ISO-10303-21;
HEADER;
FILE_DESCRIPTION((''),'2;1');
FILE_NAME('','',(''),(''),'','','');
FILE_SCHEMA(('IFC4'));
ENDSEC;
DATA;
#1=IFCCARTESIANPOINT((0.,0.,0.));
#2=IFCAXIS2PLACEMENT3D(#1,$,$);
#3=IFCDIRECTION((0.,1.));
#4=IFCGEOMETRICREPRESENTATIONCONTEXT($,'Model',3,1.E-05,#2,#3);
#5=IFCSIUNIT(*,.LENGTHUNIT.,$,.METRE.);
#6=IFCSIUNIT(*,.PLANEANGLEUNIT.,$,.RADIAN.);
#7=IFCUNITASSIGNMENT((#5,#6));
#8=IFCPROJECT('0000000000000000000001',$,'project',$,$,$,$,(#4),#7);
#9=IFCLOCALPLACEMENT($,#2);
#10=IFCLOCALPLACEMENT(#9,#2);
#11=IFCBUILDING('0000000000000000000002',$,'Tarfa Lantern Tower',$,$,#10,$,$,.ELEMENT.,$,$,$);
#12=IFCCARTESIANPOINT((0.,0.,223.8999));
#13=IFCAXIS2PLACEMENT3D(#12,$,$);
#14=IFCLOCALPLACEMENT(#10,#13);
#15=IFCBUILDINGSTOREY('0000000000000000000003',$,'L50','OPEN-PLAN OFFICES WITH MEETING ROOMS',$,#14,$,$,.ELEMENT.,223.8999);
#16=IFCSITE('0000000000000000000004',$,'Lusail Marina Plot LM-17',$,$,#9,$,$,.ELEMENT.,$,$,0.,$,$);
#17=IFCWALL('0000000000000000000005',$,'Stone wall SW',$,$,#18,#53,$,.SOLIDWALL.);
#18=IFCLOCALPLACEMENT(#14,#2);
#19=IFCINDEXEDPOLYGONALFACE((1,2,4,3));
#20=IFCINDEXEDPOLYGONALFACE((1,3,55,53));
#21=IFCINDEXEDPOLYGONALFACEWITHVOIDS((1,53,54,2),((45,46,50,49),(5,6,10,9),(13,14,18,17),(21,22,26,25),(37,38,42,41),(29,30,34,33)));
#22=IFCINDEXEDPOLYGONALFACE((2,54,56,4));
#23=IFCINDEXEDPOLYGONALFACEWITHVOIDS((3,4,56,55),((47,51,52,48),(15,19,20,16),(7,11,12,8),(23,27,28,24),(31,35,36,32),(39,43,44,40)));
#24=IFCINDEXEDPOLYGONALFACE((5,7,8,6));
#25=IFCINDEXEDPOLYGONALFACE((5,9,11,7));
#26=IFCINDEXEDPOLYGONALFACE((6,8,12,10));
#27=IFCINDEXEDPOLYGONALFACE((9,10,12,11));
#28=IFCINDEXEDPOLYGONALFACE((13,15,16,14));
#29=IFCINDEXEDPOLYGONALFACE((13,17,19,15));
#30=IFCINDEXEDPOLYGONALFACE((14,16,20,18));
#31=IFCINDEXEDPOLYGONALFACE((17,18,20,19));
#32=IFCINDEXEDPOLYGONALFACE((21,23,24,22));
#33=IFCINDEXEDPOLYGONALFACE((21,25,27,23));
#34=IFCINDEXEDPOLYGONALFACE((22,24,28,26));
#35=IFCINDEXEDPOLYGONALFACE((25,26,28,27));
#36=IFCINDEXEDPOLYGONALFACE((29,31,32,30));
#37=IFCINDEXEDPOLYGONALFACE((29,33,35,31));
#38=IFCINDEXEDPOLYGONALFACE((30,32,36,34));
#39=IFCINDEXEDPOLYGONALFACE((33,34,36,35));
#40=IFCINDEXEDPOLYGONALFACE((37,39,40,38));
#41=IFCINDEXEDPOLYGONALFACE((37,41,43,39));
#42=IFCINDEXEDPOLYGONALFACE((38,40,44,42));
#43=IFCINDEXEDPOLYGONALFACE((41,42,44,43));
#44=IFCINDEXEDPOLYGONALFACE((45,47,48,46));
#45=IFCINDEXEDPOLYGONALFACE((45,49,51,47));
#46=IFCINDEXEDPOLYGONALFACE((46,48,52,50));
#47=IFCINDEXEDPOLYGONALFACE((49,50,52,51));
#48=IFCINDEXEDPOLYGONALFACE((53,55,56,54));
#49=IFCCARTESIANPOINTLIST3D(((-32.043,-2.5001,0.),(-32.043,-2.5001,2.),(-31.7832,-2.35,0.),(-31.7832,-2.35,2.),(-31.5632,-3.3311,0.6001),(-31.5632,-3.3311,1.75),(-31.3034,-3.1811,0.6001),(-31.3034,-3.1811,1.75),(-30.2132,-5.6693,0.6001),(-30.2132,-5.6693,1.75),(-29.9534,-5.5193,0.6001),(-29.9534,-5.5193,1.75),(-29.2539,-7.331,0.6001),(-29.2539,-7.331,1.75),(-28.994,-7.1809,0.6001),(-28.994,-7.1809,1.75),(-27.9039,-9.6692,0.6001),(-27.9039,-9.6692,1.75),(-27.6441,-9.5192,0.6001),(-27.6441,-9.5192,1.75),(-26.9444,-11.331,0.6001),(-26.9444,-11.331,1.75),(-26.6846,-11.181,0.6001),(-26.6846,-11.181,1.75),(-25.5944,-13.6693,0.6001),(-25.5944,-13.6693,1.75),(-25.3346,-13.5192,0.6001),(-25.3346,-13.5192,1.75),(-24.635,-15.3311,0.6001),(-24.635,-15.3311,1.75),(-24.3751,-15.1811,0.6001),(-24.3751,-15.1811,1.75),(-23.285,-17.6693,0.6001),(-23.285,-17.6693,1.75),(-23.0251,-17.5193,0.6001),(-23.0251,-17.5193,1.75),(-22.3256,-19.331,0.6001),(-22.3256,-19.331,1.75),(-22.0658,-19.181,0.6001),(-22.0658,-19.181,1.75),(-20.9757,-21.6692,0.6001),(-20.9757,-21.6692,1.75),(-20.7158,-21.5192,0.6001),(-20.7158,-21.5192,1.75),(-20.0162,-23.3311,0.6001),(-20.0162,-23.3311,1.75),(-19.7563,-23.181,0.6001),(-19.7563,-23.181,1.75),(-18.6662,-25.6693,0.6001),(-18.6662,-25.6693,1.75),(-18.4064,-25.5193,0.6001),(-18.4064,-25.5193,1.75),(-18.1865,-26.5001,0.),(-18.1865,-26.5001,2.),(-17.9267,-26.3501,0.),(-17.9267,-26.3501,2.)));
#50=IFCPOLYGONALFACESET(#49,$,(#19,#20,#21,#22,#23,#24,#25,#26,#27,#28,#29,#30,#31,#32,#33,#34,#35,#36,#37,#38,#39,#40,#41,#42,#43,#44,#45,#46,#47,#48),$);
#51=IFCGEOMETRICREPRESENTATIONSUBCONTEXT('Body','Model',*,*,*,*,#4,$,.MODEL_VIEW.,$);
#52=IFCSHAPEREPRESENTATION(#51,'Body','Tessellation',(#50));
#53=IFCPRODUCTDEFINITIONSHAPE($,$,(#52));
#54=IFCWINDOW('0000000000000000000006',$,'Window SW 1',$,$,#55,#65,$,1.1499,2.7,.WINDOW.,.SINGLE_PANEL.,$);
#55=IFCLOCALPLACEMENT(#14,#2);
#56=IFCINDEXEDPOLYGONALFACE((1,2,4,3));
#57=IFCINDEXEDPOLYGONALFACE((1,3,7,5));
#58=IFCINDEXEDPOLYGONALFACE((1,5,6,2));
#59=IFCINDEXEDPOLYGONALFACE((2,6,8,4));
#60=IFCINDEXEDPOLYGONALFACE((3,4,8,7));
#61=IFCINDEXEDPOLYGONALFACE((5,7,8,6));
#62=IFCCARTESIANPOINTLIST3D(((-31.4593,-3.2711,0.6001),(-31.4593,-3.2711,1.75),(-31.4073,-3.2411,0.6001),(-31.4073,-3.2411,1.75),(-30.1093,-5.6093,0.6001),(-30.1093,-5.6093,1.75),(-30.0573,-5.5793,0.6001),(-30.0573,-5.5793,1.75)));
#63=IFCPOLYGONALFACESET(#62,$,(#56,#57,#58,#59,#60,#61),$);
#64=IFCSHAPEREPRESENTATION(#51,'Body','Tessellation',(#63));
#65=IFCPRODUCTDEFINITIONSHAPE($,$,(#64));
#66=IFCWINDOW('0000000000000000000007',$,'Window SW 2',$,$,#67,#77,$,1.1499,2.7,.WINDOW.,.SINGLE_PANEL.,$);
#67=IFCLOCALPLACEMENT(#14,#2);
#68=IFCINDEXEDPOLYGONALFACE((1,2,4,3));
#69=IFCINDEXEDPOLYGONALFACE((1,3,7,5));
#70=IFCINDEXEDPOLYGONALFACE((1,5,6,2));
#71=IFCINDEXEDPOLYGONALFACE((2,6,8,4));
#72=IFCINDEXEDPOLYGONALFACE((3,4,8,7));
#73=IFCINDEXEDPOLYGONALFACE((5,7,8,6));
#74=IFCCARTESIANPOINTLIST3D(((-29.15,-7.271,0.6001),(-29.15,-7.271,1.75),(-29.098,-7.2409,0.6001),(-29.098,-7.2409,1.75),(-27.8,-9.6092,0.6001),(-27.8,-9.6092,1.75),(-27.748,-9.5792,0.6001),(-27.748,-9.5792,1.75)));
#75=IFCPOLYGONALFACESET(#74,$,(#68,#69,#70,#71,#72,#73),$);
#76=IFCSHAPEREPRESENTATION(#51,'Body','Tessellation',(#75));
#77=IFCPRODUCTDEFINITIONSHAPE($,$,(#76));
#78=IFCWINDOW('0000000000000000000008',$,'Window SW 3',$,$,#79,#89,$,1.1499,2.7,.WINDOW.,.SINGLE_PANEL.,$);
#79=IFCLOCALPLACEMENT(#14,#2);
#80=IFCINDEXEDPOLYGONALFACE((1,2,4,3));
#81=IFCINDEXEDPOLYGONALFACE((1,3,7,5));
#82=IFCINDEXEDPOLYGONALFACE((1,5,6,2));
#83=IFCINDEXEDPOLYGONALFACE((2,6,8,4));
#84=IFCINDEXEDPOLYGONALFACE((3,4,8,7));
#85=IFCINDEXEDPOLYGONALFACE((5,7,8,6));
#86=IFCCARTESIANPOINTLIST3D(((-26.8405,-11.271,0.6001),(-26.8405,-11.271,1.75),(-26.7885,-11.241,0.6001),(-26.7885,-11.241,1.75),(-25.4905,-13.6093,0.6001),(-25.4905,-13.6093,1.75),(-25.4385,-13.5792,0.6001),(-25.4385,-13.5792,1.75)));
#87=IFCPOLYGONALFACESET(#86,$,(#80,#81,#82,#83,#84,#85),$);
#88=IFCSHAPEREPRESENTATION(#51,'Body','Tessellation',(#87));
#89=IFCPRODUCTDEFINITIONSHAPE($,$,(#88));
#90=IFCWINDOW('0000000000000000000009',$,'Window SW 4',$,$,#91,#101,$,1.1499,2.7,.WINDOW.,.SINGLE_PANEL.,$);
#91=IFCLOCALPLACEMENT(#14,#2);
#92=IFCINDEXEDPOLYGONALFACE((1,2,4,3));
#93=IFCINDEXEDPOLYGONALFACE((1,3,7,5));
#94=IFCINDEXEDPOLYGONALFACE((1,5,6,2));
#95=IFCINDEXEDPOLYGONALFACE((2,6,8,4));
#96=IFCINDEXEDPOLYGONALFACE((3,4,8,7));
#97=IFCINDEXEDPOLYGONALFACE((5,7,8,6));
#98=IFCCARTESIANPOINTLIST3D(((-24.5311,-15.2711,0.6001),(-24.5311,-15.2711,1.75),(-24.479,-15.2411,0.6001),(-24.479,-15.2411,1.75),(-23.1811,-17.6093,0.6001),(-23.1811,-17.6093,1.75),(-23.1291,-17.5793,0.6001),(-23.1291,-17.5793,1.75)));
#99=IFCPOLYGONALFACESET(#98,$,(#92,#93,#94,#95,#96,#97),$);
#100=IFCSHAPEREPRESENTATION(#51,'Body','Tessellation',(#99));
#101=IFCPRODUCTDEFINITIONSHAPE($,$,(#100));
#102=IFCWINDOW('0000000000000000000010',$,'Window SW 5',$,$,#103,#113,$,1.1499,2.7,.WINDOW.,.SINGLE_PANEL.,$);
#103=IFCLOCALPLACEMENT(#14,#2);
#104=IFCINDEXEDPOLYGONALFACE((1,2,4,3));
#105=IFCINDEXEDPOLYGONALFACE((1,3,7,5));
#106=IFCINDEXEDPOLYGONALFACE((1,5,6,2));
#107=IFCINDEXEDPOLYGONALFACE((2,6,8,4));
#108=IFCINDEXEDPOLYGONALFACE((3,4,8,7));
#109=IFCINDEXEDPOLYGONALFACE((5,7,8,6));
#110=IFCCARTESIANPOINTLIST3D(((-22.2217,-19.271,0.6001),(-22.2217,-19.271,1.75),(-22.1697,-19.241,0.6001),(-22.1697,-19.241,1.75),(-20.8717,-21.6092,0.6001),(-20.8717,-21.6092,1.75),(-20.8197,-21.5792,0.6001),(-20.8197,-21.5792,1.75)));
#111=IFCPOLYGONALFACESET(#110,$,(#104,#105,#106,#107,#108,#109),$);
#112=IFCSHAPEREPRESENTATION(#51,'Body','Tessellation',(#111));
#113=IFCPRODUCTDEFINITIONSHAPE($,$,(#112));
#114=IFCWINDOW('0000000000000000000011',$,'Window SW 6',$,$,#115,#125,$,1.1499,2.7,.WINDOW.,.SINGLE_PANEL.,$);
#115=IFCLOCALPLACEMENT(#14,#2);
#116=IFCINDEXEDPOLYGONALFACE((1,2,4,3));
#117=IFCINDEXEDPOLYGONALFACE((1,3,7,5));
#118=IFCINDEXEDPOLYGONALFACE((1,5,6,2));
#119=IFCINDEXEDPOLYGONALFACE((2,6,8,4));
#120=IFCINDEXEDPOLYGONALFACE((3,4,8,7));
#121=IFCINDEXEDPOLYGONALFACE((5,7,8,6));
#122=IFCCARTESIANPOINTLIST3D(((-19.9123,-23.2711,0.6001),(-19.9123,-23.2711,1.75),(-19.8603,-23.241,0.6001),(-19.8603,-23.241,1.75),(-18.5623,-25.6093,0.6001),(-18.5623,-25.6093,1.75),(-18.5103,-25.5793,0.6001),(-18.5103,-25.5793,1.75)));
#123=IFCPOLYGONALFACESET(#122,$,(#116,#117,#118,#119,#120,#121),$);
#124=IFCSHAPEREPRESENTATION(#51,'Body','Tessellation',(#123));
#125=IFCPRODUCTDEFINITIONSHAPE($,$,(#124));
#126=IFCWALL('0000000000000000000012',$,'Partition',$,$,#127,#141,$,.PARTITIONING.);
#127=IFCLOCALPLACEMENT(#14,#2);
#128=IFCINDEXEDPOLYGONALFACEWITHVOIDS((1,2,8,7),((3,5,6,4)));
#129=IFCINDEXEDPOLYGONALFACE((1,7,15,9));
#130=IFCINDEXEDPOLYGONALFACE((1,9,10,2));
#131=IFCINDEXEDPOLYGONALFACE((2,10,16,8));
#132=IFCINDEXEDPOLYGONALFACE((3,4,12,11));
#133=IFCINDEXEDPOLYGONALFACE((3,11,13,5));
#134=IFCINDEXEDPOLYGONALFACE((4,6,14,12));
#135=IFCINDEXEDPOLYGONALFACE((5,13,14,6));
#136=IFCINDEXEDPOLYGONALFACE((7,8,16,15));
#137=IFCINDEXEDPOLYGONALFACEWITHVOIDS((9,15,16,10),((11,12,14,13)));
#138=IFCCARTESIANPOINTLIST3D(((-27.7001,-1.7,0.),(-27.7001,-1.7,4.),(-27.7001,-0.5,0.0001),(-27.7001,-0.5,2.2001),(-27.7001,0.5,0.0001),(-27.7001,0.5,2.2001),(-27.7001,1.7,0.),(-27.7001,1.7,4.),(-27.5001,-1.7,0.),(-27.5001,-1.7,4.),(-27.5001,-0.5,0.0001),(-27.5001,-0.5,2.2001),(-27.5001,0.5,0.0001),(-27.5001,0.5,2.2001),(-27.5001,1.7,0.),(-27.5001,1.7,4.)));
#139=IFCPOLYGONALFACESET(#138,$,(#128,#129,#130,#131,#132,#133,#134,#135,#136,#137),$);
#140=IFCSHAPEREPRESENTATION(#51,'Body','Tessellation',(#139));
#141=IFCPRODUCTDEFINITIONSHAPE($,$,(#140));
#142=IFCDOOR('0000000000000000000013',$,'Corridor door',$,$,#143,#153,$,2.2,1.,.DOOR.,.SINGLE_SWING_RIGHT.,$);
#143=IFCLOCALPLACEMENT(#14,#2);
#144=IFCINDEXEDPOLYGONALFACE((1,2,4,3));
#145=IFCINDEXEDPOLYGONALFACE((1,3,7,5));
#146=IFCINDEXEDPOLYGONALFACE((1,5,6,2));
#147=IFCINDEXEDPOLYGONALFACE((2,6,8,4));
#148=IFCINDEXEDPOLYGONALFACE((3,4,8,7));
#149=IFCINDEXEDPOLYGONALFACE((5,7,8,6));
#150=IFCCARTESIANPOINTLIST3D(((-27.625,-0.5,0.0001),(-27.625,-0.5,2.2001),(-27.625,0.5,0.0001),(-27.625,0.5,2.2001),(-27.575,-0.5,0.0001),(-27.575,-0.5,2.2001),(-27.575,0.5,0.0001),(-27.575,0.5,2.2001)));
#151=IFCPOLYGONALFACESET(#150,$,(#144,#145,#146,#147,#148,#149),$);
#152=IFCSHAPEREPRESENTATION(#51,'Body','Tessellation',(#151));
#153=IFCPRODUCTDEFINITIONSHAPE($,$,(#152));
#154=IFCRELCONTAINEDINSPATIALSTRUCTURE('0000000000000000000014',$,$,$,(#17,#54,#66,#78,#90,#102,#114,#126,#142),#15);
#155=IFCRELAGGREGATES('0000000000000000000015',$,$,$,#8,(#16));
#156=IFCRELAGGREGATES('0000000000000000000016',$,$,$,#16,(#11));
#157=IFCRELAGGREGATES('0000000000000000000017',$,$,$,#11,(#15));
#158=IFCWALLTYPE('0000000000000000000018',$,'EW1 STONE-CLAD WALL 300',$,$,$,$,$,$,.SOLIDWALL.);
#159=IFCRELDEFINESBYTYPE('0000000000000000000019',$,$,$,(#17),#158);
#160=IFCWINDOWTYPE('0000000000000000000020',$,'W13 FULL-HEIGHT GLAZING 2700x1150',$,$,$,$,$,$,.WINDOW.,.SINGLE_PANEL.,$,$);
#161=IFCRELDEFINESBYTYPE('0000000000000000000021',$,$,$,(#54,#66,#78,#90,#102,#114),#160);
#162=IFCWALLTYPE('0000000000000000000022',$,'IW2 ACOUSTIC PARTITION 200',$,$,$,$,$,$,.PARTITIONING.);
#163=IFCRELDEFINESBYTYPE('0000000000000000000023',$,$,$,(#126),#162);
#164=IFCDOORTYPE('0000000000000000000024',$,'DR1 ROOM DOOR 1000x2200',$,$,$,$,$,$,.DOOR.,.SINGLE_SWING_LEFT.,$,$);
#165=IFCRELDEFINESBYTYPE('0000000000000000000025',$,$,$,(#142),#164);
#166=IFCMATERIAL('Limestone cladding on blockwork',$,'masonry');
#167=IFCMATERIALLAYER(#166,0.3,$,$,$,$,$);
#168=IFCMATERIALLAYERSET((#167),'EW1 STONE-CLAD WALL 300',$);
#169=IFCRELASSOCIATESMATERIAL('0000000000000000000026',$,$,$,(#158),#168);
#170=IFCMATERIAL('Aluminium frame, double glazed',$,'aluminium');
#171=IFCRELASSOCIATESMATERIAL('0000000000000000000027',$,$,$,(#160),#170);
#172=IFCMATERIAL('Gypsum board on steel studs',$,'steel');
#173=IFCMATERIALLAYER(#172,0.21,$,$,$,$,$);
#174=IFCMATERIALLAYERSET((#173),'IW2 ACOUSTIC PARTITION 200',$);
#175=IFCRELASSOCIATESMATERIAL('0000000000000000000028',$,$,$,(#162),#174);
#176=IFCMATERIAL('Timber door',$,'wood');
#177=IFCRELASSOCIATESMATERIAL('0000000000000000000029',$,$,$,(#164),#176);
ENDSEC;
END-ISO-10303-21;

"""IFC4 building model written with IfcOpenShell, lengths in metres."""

from ifc_helpers import new_model, si_unit, direction, frame, frame_2d, origin, place, context, subcontext, project, spatial, rectangle, extrude, material, layer, layer_set, type_object, element, fill, save


model = new_model("IFC4")

# Units and contexts
model_context = context("Model", 3, precision=1e-05, world=origin(), true_north=direction((0.0, 1.0)))
body_context = subcontext(model_context, "Body", "Model", "MODEL_VIEW")
ifc_project = project(units=[si_unit("LENGTHUNIT", "METRE"), si_unit("PLANEANGLEUNIT", "RADIAN")], contexts=[model_context])

# Site, building, storey
site_placement = place(None, origin())
site = spatial("IfcSite", under=ifc_project, at=site_placement, Name="Lusail Marina Plot LM-17", CompositionType="ELEMENT", RefElevation=0.0)
building_placement = place(site_placement, origin())
building = spatial("IfcBuilding", under=site, at=building_placement, Name="Tarfa Lantern Tower", CompositionType="ELEMENT")
storey_placement = place(building_placement, frame((0.0, 0.0, 223.8999)))
storey = spatial("IfcBuildingStorey", under=building, at=storey_placement, Name="L50", Description="OPEN-PLAN OFFICES WITH MEETING ROOMS", CompositionType="ELEMENT", Elevation=223.8999)

# Wall, openings, windows
ifc_material_1 = material(Name="Limestone cladding on blockwork", Category="masonry")
ifc_layer_1 = layer(ifc_material_1, 0.3)
ifc_layer_set_1 = layer_set([ifc_layer_1], Name="EW1 STONE-CLAD WALL 300")
wall_type_1 = type_object("IfcWallType", Name="EW1 STONE-CLAD WALL 300", PredefinedType="SOLIDWALL", material=ifc_layer_set_1)
wall_1_placement = place(storey_placement, frame((-31.9131, -2.425, 0.0), z_axis=(0.0, 0.0, 1.0), x_axis=(0.500001, -0.866025, 0.0)))
wall_1 = element("IfcWall", 1, at=wall_1_placement, inside=storey, type_object=wall_type_1, Name="Stone wall SW", PredefinedType="SOLIDWALL", context=body_context, shape_type="SweptSolid", body=[
    extrude(rectangle(XDim=27.7129, YDim=0.3, at=frame_2d((13.8564, 0.0))), origin(), (0.0, 0.0, 1.0), 2.0),
])
opening_1_placement = place(wall_1_placement, frame((0.9595, 0.0, 0.6001)))
opening_1 = element("IfcOpeningElement", 2, at=opening_1_placement, cuts=wall_1, PredefinedType="OPENING", context=body_context, shape_type="SweptSolid", body=[
    extrude(rectangle(XDim=2.7, YDim=1.1499, at=frame_2d((1.3501, 0.575))), frame((0.0, 0.1599, 0.0), z_axis=(0.0, -1.0, 0.0), x_axis=(1.0, 0.0, 0.0)), (0.0, 0.0, 1.0), 0.3201),
])
opening_2_placement = place(wall_1_placement, frame((5.5781, 0.0, 0.6001)))
opening_2 = element("IfcOpeningElement", 3, at=opening_2_placement, cuts=wall_1, PredefinedType="OPENING", context=body_context, shape_type="SweptSolid", body=[
    extrude(rectangle(XDim=2.7, YDim=1.1499, at=frame_2d((1.3501, 0.575))), frame((0.0, 0.1599, 0.0), z_axis=(0.0, -1.0, 0.0), x_axis=(1.0, 0.0, 0.0)), (0.0, 0.0, 1.0), 0.3201),
])
opening_3_placement = place(wall_1_placement, frame((10.197, 0.0, 0.6001)))
opening_3 = element("IfcOpeningElement", 4, at=opening_3_placement, cuts=wall_1, PredefinedType="OPENING", context=body_context, shape_type="SweptSolid", body=[
    extrude(rectangle(XDim=2.7, YDim=1.1499, at=frame_2d((1.3501, 0.575))), frame((0.0, 0.1599, 0.0), z_axis=(0.0, -1.0, 0.0), x_axis=(1.0, 0.0, 0.0)), (0.0, 0.0, 1.0), 0.3201),
])
opening_4_placement = place(wall_1_placement, frame((14.8159, 0.0, 0.6001)))
opening_4 = element("IfcOpeningElement", 5, at=opening_4_placement, cuts=wall_1, PredefinedType="OPENING", context=body_context, shape_type="SweptSolid", body=[
    extrude(rectangle(XDim=2.7, YDim=1.1499, at=frame_2d((1.3501, 0.575))), frame((0.0, 0.1599, 0.0), z_axis=(0.0, -1.0, 0.0), x_axis=(1.0, 0.0, 0.0)), (0.0, 0.0, 1.0), 0.3201),
])
opening_5_placement = place(wall_1_placement, frame((19.4346, 0.0, 0.6001)))
opening_5 = element("IfcOpeningElement", 6, at=opening_5_placement, cuts=wall_1, PredefinedType="OPENING", context=body_context, shape_type="SweptSolid", body=[
    extrude(rectangle(XDim=2.7, YDim=1.1499, at=frame_2d((1.3501, 0.575))), frame((0.0, 0.1599, 0.0), z_axis=(0.0, -1.0, 0.0), x_axis=(1.0, 0.0, 0.0)), (0.0, 0.0, 1.0), 0.3201),
])
opening_6_placement = place(wall_1_placement, frame((24.0535, 0.0, 0.6001)))
opening_6 = element("IfcOpeningElement", 7, at=opening_6_placement, cuts=wall_1, PredefinedType="OPENING", context=body_context, shape_type="SweptSolid", body=[
    extrude(rectangle(XDim=2.7, YDim=1.1499, at=frame_2d((1.3501, 0.575))), frame((0.0, 0.1599, 0.0), z_axis=(0.0, -1.0, 0.0), x_axis=(1.0, 0.0, 0.0)), (0.0, 0.0, 1.0), 0.3201),
])
ifc_material_2 = material(Name="Aluminium frame, double glazed", Category="aluminium")
window_type = type_object("IfcWindowType", Name="W13 FULL-HEIGHT GLAZING 2700x1150", PartitioningType="SINGLE_PANEL", PredefinedType="WINDOW", material=ifc_material_2)
window_1_placement = place(opening_1_placement, origin())
window_1 = element("IfcWindow", 8, at=window_1_placement, inside=storey, type_object=window_type, Name="Window SW 1", OverallHeight=1.1499, OverallWidth=2.7, PartitioningType="SINGLE_PANEL", PredefinedType="WINDOW", context=body_context, shape_type="SweptSolid", body=[
    extrude(rectangle(XDim=2.7, YDim=1.1499, at=frame_2d((1.3501, 0.575))), frame((0.0, 0.03, 0.0), z_axis=(0.0, -1.0, 0.0), x_axis=(1.0, 0.0, 0.0)), (0.0, 0.0, 1.0), 0.0601),
])
fill(opening_1, window_1)
window_2_placement = place(opening_2_placement, origin())
window_2 = element("IfcWindow", 9, at=window_2_placement, inside=storey, type_object=window_type, Name="Window SW 2", OverallHeight=1.1499, OverallWidth=2.7, PartitioningType="SINGLE_PANEL", PredefinedType="WINDOW", context=body_context, shape_type="SweptSolid", body=[
    extrude(rectangle(XDim=2.7, YDim=1.1499, at=frame_2d((1.3501, 0.575))), frame((0.0, 0.03, 0.0), z_axis=(0.0, -1.0, 0.0), x_axis=(1.0, 0.0, 0.0)), (0.0, 0.0, 1.0), 0.0601),
])
fill(opening_2, window_2)
window_3_placement = place(opening_3_placement, origin())
window_3 = element("IfcWindow", 10, at=window_3_placement, inside=storey, type_object=window_type, Name="Window SW 3", OverallHeight=1.1499, OverallWidth=2.7, PartitioningType="SINGLE_PANEL", PredefinedType="WINDOW", context=body_context, shape_type="SweptSolid", body=[
    extrude(rectangle(XDim=2.7, YDim=1.1499, at=frame_2d((1.3501, 0.575))), frame((0.0, 0.03, 0.0), z_axis=(0.0, -1.0, 0.0), x_axis=(1.0, 0.0, 0.0)), (0.0, 0.0, 1.0), 0.0601),
])
fill(opening_3, window_3)
window_4_placement = place(opening_4_placement, origin())
window_4 = element("IfcWindow", 11, at=window_4_placement, inside=storey, type_object=window_type, Name="Window SW 4", OverallHeight=1.1499, OverallWidth=2.7, PartitioningType="SINGLE_PANEL", PredefinedType="WINDOW", context=body_context, shape_type="SweptSolid", body=[
    extrude(rectangle(XDim=2.7, YDim=1.1499, at=frame_2d((1.3501, 0.575))), frame((0.0, 0.03, 0.0), z_axis=(0.0, -1.0, 0.0), x_axis=(1.0, 0.0, 0.0)), (0.0, 0.0, 1.0), 0.0601),
])
fill(opening_4, window_4)
window_5_placement = place(opening_5_placement, origin())
window_5 = element("IfcWindow", 12, at=window_5_placement, inside=storey, type_object=window_type, Name="Window SW 5", OverallHeight=1.1499, OverallWidth=2.7, PartitioningType="SINGLE_PANEL", PredefinedType="WINDOW", context=body_context, shape_type="SweptSolid", body=[
    extrude(rectangle(XDim=2.7, YDim=1.1499, at=frame_2d((1.3501, 0.575))), frame((0.0, 0.03, 0.0), z_axis=(0.0, -1.0, 0.0), x_axis=(1.0, 0.0, 0.0)), (0.0, 0.0, 1.0), 0.0601),
])
fill(opening_5, window_5)
window_6_placement = place(opening_6_placement, origin())
window_6 = element("IfcWindow", 13, at=window_6_placement, inside=storey, type_object=window_type, Name="Window SW 6", OverallHeight=1.1499, OverallWidth=2.7, PartitioningType="SINGLE_PANEL", PredefinedType="WINDOW", context=body_context, shape_type="SweptSolid", body=[
    extrude(rectangle(XDim=2.7, YDim=1.1499, at=frame_2d((1.3501, 0.575))), frame((0.0, 0.03, 0.0), z_axis=(0.0, -1.0, 0.0), x_axis=(1.0, 0.0, 0.0)), (0.0, 0.0, 1.0), 0.0601),
])
fill(opening_6, window_6)

# Wall, opening, door
ifc_material_3 = material(Name="Gypsum board on steel studs", Category="steel")
ifc_layer_2 = layer(ifc_material_3, 0.21)
ifc_layer_set_2 = layer_set([ifc_layer_2], Name="IW2 ACOUSTIC PARTITION 200")
wall_type_2 = type_object("IfcWallType", Name="IW2 ACOUSTIC PARTITION 200", PredefinedType="PARTITIONING", material=ifc_layer_set_2)
wall_2_placement = place(storey_placement, frame((-27.6001, -1.7, 0.0), z_axis=(0.0, 0.0, 1.0), x_axis=(0.0, 1.0, 0.0)))
wall_2 = element("IfcWall", 14, at=wall_2_placement, inside=storey, type_object=wall_type_2, Name="Partition", PredefinedType="PARTITIONING", context=body_context, shape_type="SweptSolid", body=[
    extrude(rectangle(XDim=3.3999, YDim=0.2, at=frame_2d((1.7, 0.0))), origin(), (0.0, 0.0, 1.0), 4.0),
])
opening_7_placement = place(wall_2_placement, frame((1.2, 0.0, 0.0)))
opening_7 = element("IfcOpeningElement", 15, at=opening_7_placement, cuts=wall_2, PredefinedType="OPENING", context=body_context, shape_type="SweptSolid", body=[
    extrude(rectangle(XDim=1.0, YDim=2.2, at=frame_2d((0.5, 1.1001))), frame((0.0, 0.1099, 0.0), z_axis=(0.0, -1.0, 0.0), x_axis=(1.0, 0.0, 0.0)), (0.0, 0.0, 1.0), 0.22),
])
ifc_material_4 = material(Name="Timber door", Category="wood")
door_type = type_object("IfcDoorType", Name="DR1 ROOM DOOR 1000x2200", OperationType="SINGLE_SWING_LEFT", PredefinedType="DOOR", material=ifc_material_4)
door_placement = place(opening_7_placement, origin())
door = element("IfcDoor", 16, at=door_placement, inside=storey, type_object=door_type, Name="Corridor door", OperationType="SINGLE_SWING_RIGHT", OverallHeight=2.2, OverallWidth=1.0, PredefinedType="DOOR", context=body_context, shape_type="SweptSolid", body=[
    extrude(rectangle(XDim=1.0, YDim=2.2, at=frame_2d((0.5, 1.1001))), frame((0.0, 0.0249, 0.0), z_axis=(0.0, -1.0, 0.0), x_axis=(1.0, 0.0, 0.0)), (0.0, 0.0, 1.0), 0.05),
])
fill(opening_7, door)

save(model, "model.ifc")
